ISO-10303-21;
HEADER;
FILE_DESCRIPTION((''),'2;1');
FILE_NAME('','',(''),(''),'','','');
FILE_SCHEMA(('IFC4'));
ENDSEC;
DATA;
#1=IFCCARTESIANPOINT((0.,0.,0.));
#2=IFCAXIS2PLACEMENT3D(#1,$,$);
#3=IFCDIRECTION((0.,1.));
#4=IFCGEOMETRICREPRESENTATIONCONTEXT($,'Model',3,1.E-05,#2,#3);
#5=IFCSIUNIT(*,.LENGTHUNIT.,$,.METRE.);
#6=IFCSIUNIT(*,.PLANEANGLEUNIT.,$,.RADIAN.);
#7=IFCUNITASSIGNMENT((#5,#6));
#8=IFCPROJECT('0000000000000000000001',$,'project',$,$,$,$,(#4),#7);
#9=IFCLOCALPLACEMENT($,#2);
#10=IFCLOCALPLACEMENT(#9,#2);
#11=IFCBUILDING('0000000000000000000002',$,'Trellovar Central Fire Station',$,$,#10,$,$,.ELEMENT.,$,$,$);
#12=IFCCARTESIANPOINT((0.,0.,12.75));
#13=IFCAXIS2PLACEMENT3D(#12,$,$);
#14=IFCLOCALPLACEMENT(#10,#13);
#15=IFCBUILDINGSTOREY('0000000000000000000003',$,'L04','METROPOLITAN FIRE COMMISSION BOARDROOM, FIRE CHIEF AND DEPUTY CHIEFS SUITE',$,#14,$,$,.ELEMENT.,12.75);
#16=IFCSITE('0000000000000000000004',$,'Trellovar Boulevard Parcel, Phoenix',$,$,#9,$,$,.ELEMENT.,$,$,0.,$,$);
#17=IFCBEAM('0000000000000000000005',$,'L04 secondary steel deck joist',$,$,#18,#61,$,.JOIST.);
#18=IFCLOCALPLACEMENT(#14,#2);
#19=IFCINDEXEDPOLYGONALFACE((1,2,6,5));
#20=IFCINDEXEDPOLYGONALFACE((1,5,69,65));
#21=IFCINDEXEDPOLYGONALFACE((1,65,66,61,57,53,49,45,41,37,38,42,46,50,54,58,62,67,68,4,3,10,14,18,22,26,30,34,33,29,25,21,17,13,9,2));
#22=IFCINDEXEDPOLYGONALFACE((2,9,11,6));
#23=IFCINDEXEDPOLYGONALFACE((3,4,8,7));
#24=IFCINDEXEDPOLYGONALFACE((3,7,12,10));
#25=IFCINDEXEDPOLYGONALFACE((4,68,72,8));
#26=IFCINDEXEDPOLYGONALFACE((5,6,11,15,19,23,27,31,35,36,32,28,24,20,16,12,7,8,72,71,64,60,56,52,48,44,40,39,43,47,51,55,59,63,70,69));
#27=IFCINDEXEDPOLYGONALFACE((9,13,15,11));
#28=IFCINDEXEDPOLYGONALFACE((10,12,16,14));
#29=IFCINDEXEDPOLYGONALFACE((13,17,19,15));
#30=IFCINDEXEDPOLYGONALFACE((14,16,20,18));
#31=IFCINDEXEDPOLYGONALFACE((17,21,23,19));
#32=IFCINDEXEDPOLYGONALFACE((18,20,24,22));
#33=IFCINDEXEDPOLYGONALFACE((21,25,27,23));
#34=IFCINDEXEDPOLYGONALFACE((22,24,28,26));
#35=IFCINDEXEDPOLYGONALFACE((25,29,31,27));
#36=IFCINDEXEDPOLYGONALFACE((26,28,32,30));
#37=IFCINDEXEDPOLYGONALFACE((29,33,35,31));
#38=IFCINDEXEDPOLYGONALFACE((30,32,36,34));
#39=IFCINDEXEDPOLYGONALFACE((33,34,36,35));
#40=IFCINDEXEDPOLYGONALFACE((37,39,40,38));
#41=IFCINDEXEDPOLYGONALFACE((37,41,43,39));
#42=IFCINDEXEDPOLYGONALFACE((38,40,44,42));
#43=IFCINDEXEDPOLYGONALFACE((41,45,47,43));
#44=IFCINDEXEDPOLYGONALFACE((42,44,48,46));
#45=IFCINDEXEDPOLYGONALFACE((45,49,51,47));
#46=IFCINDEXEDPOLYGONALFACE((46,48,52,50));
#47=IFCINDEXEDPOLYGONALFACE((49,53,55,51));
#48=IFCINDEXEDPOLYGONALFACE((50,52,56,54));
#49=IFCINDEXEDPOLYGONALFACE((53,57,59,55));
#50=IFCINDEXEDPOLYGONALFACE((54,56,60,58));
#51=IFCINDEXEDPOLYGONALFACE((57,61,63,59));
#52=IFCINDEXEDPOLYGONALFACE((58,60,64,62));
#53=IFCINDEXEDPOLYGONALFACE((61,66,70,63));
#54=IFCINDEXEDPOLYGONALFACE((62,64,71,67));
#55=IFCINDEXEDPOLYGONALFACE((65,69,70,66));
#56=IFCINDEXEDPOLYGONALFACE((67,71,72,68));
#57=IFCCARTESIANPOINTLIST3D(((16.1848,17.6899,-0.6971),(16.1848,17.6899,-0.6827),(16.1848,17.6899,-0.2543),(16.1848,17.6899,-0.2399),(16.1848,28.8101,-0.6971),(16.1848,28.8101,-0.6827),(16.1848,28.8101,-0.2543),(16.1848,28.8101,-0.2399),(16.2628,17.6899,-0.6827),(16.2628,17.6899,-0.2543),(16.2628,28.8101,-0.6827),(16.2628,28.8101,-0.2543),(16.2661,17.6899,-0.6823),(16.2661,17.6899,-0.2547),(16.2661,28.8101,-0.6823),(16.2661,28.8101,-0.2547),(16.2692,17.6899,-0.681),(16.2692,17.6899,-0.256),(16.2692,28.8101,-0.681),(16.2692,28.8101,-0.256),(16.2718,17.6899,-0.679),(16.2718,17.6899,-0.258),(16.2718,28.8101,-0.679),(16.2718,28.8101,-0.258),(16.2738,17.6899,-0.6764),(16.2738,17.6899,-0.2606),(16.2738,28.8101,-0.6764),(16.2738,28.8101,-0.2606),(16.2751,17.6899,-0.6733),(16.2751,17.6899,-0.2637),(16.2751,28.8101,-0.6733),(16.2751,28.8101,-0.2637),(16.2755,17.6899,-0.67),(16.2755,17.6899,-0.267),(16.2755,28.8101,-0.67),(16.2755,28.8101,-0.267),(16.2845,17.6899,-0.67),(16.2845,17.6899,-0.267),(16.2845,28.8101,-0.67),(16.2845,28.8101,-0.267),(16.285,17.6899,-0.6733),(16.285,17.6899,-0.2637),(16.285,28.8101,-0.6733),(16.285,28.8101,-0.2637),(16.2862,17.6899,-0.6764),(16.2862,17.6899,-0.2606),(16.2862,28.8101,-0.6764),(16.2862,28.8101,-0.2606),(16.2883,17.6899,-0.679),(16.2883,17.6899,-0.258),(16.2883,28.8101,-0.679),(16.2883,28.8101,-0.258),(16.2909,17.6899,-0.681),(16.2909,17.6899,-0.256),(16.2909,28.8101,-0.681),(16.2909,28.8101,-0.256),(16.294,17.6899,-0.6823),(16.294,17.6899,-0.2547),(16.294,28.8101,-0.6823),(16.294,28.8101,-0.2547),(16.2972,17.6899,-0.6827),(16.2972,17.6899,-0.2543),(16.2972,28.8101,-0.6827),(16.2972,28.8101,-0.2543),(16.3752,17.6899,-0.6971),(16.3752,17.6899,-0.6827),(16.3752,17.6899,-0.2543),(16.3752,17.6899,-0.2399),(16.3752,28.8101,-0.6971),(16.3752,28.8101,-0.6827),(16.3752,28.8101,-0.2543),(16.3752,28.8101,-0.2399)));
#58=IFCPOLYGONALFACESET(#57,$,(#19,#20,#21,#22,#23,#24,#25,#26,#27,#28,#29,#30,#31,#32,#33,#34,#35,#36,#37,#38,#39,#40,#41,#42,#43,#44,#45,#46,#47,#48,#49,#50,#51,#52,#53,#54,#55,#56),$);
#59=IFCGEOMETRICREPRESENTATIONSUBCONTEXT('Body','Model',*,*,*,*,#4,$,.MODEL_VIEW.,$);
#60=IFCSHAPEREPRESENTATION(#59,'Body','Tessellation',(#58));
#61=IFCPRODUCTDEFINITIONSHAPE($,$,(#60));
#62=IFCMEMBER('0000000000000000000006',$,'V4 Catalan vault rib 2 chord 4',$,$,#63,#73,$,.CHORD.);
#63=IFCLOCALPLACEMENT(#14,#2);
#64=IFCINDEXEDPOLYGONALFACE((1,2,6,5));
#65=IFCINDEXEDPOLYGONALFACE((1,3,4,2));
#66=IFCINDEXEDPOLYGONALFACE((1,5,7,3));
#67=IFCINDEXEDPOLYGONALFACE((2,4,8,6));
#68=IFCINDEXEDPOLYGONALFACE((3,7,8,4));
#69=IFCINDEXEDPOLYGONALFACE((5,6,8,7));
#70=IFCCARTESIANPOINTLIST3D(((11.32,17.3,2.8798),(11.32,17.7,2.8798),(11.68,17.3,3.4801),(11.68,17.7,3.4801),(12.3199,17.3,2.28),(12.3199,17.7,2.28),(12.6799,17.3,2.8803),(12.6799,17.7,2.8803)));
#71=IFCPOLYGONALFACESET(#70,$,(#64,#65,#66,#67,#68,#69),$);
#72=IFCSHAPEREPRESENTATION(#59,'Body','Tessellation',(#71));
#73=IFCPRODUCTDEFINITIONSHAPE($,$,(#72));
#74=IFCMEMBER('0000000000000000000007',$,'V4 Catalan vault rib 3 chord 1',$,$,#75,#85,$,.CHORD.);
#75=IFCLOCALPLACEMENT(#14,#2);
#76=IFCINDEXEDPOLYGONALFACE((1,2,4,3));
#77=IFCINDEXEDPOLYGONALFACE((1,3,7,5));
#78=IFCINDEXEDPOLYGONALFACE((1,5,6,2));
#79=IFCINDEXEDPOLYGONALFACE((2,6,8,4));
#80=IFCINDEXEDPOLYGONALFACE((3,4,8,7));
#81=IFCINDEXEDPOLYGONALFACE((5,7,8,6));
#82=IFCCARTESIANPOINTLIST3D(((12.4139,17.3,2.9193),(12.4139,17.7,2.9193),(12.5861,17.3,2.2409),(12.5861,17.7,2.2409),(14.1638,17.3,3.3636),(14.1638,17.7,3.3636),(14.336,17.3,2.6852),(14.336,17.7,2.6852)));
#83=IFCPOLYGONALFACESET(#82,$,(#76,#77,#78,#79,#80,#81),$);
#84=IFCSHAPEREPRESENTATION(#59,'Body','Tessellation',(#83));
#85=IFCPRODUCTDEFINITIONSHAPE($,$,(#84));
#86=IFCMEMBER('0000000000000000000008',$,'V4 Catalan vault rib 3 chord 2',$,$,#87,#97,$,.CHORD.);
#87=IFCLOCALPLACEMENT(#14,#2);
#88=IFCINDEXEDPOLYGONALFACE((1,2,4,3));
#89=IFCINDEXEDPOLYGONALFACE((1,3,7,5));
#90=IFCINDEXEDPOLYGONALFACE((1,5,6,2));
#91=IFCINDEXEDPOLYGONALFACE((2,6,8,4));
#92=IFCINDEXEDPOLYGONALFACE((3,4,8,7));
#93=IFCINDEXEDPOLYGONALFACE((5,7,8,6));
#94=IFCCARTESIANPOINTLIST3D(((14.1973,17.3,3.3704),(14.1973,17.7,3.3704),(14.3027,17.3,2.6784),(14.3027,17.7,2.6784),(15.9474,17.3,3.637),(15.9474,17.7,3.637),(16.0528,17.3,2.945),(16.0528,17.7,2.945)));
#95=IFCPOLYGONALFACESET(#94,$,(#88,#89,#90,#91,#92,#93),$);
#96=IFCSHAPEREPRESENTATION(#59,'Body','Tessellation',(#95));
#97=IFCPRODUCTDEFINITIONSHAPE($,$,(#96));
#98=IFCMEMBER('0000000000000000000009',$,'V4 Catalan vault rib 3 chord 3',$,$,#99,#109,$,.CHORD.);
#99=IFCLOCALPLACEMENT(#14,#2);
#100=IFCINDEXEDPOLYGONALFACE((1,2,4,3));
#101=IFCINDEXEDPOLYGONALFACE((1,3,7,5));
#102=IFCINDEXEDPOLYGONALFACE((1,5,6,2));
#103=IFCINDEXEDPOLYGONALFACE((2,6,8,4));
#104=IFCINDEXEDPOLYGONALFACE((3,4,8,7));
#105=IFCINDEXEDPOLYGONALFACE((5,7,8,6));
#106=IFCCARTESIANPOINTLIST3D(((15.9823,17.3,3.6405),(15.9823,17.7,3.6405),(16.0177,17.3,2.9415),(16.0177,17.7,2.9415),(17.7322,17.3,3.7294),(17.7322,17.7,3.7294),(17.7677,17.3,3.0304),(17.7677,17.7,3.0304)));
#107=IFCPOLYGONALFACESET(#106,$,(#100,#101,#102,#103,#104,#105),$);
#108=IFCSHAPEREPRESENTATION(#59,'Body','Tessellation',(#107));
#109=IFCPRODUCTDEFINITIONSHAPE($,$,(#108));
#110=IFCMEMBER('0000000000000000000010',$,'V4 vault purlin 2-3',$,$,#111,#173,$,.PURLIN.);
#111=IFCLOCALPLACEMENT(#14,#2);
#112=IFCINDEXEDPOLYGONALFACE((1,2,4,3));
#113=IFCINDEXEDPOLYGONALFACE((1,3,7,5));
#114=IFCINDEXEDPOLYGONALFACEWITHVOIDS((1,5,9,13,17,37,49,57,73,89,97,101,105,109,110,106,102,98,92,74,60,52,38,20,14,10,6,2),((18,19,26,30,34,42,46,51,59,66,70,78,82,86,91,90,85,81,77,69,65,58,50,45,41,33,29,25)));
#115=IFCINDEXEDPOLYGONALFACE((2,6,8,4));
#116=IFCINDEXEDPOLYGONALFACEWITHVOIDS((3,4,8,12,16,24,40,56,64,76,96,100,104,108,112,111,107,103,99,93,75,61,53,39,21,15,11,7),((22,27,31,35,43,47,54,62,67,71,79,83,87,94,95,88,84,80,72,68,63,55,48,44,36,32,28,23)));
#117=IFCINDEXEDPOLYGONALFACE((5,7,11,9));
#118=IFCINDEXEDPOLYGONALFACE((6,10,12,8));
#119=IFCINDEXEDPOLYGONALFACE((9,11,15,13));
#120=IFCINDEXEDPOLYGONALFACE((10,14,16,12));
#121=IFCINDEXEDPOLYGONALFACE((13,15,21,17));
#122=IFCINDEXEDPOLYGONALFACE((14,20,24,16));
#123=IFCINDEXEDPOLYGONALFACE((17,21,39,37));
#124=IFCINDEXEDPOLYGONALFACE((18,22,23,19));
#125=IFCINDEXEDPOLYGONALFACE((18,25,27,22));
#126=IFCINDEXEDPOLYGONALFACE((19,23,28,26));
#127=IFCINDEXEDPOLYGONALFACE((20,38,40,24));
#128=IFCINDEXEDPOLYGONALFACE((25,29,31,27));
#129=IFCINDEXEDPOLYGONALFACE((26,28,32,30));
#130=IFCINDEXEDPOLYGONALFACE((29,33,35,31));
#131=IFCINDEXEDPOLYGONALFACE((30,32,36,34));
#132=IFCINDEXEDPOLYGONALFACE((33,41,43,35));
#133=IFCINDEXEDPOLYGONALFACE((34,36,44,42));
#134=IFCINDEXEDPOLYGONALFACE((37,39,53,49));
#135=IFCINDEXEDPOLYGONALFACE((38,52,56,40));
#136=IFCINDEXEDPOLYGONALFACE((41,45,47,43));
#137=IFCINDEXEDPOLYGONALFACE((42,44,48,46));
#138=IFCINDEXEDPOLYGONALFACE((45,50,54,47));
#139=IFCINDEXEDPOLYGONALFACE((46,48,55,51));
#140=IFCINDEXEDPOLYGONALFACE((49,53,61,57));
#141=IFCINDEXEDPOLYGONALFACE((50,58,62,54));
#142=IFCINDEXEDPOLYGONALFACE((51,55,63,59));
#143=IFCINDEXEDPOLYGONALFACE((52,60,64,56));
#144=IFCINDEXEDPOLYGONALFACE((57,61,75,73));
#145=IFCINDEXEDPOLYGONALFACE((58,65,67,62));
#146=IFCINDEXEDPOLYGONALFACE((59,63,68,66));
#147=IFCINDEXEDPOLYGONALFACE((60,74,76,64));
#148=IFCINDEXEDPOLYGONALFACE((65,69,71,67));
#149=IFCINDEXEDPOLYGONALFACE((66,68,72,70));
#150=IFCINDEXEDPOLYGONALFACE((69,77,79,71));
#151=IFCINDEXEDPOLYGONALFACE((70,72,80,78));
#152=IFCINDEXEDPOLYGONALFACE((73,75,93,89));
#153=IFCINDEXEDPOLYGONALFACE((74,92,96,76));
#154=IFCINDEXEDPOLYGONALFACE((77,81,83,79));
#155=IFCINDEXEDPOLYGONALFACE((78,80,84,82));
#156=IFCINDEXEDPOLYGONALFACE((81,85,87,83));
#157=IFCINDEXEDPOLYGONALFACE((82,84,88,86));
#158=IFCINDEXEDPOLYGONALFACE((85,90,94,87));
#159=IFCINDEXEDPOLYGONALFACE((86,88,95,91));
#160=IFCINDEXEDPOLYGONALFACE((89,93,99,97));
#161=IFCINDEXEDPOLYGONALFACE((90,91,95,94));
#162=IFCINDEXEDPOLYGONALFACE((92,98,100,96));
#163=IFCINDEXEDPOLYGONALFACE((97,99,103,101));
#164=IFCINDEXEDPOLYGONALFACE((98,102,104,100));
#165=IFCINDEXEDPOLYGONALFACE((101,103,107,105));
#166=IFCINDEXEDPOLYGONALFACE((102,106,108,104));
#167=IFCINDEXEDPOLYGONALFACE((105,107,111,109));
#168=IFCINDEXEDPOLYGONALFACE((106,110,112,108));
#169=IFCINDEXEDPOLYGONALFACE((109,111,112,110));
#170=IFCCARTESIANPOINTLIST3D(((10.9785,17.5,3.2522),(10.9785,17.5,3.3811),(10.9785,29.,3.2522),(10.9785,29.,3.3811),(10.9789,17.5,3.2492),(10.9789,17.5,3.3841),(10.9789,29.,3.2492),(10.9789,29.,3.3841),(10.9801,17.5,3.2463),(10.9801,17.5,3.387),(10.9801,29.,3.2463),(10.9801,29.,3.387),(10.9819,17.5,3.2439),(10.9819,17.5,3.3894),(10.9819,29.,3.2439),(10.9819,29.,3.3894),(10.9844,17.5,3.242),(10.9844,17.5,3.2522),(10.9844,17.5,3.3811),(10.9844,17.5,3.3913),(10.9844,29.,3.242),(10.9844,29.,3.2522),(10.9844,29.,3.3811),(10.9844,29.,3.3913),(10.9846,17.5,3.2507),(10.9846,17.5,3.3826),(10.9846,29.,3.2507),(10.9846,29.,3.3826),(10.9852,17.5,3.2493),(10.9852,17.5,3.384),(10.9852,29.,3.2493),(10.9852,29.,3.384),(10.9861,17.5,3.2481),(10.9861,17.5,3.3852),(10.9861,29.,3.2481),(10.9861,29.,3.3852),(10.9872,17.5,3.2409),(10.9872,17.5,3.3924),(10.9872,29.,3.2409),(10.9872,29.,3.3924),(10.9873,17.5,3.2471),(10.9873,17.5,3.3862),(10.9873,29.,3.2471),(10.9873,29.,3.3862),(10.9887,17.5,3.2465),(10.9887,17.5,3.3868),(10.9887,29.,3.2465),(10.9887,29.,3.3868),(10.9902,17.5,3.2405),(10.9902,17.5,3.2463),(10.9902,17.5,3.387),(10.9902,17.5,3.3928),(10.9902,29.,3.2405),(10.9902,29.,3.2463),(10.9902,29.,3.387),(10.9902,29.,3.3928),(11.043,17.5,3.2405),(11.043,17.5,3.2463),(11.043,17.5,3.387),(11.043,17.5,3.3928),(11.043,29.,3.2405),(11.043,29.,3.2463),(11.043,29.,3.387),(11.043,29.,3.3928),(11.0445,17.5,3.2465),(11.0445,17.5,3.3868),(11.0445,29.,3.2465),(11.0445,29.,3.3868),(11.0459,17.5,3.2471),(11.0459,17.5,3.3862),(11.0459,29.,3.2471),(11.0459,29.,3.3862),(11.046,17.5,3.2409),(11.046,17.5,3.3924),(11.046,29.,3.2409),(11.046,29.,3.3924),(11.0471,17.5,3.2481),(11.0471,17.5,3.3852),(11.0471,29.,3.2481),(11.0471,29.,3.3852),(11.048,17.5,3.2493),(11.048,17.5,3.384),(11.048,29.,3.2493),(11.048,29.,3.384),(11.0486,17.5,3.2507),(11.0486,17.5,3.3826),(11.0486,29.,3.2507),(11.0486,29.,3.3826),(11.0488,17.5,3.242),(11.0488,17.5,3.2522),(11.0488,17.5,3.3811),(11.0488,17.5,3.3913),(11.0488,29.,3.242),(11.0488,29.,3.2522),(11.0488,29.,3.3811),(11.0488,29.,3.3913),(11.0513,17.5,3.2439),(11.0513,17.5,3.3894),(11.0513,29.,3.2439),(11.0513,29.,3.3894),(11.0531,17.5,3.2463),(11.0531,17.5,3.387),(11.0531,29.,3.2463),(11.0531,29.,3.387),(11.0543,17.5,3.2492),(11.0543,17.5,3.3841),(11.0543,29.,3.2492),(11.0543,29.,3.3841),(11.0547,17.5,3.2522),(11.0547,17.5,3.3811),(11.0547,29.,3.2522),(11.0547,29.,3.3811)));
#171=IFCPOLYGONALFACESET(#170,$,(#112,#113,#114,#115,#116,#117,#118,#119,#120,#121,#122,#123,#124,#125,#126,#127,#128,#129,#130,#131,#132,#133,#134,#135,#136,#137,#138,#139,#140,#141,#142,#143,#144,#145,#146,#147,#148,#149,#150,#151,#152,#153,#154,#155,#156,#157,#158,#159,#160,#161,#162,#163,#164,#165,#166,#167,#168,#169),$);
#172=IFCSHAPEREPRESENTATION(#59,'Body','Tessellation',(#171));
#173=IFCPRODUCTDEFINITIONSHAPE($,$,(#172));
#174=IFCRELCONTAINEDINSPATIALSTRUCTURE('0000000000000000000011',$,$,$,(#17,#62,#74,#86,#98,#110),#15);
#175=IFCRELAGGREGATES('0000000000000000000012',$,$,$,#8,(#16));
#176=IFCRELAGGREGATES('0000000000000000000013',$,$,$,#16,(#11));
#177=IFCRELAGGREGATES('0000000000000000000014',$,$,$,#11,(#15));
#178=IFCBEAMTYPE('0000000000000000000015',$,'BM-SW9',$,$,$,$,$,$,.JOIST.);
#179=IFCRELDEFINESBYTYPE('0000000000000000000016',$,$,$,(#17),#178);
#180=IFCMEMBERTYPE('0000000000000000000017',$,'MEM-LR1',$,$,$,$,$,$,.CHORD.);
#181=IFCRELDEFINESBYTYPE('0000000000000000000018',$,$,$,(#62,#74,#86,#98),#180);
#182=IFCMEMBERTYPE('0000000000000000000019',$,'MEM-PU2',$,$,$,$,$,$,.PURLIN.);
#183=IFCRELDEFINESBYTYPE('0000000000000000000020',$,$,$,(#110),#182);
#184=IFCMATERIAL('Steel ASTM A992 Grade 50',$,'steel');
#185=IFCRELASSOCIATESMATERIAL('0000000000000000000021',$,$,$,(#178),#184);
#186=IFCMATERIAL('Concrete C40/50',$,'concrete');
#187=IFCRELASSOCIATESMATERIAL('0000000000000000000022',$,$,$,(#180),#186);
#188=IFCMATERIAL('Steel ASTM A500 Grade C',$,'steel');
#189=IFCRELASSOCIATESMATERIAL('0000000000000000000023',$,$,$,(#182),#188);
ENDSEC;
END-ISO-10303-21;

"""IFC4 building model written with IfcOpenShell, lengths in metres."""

from ifc_helpers import new_model, si_unit, direction, frame, origin, origin_2d, place, context, subcontext, project, spatial, rectangle, hollow_rectangle, i_section, extrude, material, material_profile, profile_set, type_object, element, save


model = new_model("IFC4")

# Units and contexts
model_context = context("Model", 3, precision=1e-05, world=origin(), true_north=direction((0.0, 1.0)))
body_context = subcontext(model_context, "Body", "Model", "MODEL_VIEW")
ifc_project = project(units=[si_unit("LENGTHUNIT", "METRE"), si_unit("PLANEANGLEUNIT", "RADIAN")], contexts=[model_context])

# Site, building, storey
site_placement = place(None, origin())
site = spatial("IfcSite", under=ifc_project, at=site_placement, Name="Trellovar Boulevard Parcel, Phoenix", CompositionType="ELEMENT", RefElevation=0.0)
building_placement = place(site_placement, origin())
building = spatial("IfcBuilding", under=site, at=building_placement, Name="Trellovar Central Fire Station", CompositionType="ELEMENT")
storey_placement = place(building_placement, frame((0.0, 0.0, 12.75)))
storey = spatial("IfcBuildingStorey", under=building, at=storey_placement, Name="L04", Description="METROPOLITAN FIRE COMMISSION BOARDROOM, FIRE CHIEF AND DEPUTY CHIEFS SUITE", CompositionType="ELEMENT", Elevation=12.75)

# Beam
ifc_material_1 = material(Name="Steel ASTM A992 Grade 50", Category="steel")
ifc_material_profile_1 = material_profile(ifc_material_1, i_section(OverallWidth=0.1904, OverallDepth=0.4573, WebThickness=0.009, FlangeThickness=0.0144, FilletRadius=0.0127, at=origin_2d()), Name="W18X50")
ifc_profile_set_1 = profile_set([ifc_material_profile_1], Name="Steel ASTM A992 Grade 50")
beam_type_1 = type_object("IfcBeamType", Name="BM-SW9", PredefinedType="JOIST", material=ifc_profile_set_1)
beam_1_placement = place(storey_placement, frame((16.28, 17.6899, -0.4685), z_axis=(0.0, 1.0, 0.0), x_axis=(-1.0, 0.0, 0.0)))
element("IfcBeam", 1, at=beam_1_placement, inside=storey, type_object=beam_type_1, Name="L04 secondary steel deck joist", PredefinedType="JOIST", context=body_context, shape_type="SweptSolid", body=[
    extrude(i_section(OverallWidth=0.1904, OverallDepth=0.4573, WebThickness=0.009, FlangeThickness=0.0144, FilletRadius=0.0127, at=origin_2d()), origin(), (0.0, 0.0, 1.0), 11.1201),
])

# Members
ifc_material_2 = material(Name="Concrete C40/50", Category="concrete")
ifc_material_profile_2 = material_profile(ifc_material_2, rectangle(XDim=0.3999, YDim=0.7, at=origin_2d()), Name="RC400X700")
ifc_profile_set_2 = profile_set([ifc_material_profile_2], Name="Concrete C40/50")
member_type_1 = type_object("IfcMemberType", Name="MEM-LR1", PredefinedType="CHORD", material=ifc_profile_set_2)
member_1_placement = place(storey_placement, frame((11.5, 17.5, 3.1799), z_axis=(0.857548, 0.0, -0.514403), x_axis=(0.0, 1.0, 0.0)))
element("IfcMember", 2, at=member_1_placement, inside=storey, type_object=member_type_1, Name="V4 Catalan vault rib 2 chord 4", PredefinedType="CHORD", context=body_context, shape_type="SweptSolid", body=[
    extrude(rectangle(XDim=0.3999, YDim=0.7, at=origin_2d()), origin(), (0.0, 0.0, 1.0), 1.166),
])
member_2_placement = place(storey_placement, frame((12.5, 17.5, 2.5801), z_axis=(0.969245, 0.0, 0.246097), x_axis=(0.0, 1.0, 0.0)))
element("IfcMember", 3, at=member_2_placement, inside=storey, type_object=member_type_1, Name="V4 Catalan vault rib 3 chord 1", PredefinedType="CHORD", context=body_context, shape_type="SweptSolid", body=[
    extrude(rectangle(XDim=0.3999, YDim=0.7, at=origin_2d()), origin(), (0.0, 0.0, 1.0), 1.8054),
])
member_3_placement = place(storey_placement, frame((14.25, 17.5, 3.0244), z_axis=(0.988594, 0.0, 0.150606), x_axis=(0.0, 1.0, 0.0)))
element("IfcMember", 4, at=member_3_placement, inside=storey, type_object=member_type_1, Name="V4 Catalan vault rib 3 chord 2", PredefinedType="CHORD", context=body_context, shape_type="SweptSolid", body=[
    extrude(rectangle(XDim=0.3999, YDim=0.7, at=origin_2d()), origin(), (0.0, 0.0, 1.0), 1.7703),
])
member_4_placement = place(storey_placement, frame((16.0, 17.5, 3.291), z_axis=(0.998713, 0.0, 0.050716), x_axis=(0.0, 1.0, 0.0)))
element("IfcMember", 5, at=member_4_placement, inside=storey, type_object=member_type_1, Name="V4 Catalan vault rib 3 chord 3", PredefinedType="CHORD", context=body_context, shape_type="SweptSolid", body=[
    extrude(rectangle(XDim=0.3999, YDim=0.7, at=origin_2d()), origin(), (0.0, 0.0, 1.0), 1.7522),
])
ifc_material_3 = material(Name="Steel ASTM A500 Grade C", Category="steel")
ifc_material_profile_3 = material_profile(ifc_material_3, hollow_rectangle(XDim=0.0762, YDim=0.1523, WallThickness=0.0059, InnerFilletRadius=0.0059, OuterFilletRadius=0.0117, at=origin_2d()), Name="HSS6X3X1/4")
ifc_profile_set_3 = profile_set([ifc_material_profile_3], Name="Steel ASTM A500 Grade C")
member_type_2 = type_object("IfcMemberType", Name="MEM-PU2", PredefinedType="PURLIN", material=ifc_profile_set_3)
for number, where, z_axis, x_axis, name in (
    (6, (11.0166, 17.5, 3.3167), (0.0, 1.0, 0.0), (-1.0, 0.0, 0.0), "V4 vault purlin 2-3"),
):
    element("IfcMember", number, at=place(storey_placement, frame(where, z_axis=z_axis, x_axis=x_axis)), inside=storey, type_object=member_type_2, Name=name, PredefinedType="PURLIN", context=body_context, shape_type="SweptSolid", body=[
        extrude(hollow_rectangle(XDim=0.0762, YDim=0.1523, WallThickness=0.0059, InnerFilletRadius=0.0059, OuterFilletRadius=0.0117, at=origin_2d()), origin(), (0.0, 0.0, 1.0), 11.5),
    ])

save(model, "model.ifc")
